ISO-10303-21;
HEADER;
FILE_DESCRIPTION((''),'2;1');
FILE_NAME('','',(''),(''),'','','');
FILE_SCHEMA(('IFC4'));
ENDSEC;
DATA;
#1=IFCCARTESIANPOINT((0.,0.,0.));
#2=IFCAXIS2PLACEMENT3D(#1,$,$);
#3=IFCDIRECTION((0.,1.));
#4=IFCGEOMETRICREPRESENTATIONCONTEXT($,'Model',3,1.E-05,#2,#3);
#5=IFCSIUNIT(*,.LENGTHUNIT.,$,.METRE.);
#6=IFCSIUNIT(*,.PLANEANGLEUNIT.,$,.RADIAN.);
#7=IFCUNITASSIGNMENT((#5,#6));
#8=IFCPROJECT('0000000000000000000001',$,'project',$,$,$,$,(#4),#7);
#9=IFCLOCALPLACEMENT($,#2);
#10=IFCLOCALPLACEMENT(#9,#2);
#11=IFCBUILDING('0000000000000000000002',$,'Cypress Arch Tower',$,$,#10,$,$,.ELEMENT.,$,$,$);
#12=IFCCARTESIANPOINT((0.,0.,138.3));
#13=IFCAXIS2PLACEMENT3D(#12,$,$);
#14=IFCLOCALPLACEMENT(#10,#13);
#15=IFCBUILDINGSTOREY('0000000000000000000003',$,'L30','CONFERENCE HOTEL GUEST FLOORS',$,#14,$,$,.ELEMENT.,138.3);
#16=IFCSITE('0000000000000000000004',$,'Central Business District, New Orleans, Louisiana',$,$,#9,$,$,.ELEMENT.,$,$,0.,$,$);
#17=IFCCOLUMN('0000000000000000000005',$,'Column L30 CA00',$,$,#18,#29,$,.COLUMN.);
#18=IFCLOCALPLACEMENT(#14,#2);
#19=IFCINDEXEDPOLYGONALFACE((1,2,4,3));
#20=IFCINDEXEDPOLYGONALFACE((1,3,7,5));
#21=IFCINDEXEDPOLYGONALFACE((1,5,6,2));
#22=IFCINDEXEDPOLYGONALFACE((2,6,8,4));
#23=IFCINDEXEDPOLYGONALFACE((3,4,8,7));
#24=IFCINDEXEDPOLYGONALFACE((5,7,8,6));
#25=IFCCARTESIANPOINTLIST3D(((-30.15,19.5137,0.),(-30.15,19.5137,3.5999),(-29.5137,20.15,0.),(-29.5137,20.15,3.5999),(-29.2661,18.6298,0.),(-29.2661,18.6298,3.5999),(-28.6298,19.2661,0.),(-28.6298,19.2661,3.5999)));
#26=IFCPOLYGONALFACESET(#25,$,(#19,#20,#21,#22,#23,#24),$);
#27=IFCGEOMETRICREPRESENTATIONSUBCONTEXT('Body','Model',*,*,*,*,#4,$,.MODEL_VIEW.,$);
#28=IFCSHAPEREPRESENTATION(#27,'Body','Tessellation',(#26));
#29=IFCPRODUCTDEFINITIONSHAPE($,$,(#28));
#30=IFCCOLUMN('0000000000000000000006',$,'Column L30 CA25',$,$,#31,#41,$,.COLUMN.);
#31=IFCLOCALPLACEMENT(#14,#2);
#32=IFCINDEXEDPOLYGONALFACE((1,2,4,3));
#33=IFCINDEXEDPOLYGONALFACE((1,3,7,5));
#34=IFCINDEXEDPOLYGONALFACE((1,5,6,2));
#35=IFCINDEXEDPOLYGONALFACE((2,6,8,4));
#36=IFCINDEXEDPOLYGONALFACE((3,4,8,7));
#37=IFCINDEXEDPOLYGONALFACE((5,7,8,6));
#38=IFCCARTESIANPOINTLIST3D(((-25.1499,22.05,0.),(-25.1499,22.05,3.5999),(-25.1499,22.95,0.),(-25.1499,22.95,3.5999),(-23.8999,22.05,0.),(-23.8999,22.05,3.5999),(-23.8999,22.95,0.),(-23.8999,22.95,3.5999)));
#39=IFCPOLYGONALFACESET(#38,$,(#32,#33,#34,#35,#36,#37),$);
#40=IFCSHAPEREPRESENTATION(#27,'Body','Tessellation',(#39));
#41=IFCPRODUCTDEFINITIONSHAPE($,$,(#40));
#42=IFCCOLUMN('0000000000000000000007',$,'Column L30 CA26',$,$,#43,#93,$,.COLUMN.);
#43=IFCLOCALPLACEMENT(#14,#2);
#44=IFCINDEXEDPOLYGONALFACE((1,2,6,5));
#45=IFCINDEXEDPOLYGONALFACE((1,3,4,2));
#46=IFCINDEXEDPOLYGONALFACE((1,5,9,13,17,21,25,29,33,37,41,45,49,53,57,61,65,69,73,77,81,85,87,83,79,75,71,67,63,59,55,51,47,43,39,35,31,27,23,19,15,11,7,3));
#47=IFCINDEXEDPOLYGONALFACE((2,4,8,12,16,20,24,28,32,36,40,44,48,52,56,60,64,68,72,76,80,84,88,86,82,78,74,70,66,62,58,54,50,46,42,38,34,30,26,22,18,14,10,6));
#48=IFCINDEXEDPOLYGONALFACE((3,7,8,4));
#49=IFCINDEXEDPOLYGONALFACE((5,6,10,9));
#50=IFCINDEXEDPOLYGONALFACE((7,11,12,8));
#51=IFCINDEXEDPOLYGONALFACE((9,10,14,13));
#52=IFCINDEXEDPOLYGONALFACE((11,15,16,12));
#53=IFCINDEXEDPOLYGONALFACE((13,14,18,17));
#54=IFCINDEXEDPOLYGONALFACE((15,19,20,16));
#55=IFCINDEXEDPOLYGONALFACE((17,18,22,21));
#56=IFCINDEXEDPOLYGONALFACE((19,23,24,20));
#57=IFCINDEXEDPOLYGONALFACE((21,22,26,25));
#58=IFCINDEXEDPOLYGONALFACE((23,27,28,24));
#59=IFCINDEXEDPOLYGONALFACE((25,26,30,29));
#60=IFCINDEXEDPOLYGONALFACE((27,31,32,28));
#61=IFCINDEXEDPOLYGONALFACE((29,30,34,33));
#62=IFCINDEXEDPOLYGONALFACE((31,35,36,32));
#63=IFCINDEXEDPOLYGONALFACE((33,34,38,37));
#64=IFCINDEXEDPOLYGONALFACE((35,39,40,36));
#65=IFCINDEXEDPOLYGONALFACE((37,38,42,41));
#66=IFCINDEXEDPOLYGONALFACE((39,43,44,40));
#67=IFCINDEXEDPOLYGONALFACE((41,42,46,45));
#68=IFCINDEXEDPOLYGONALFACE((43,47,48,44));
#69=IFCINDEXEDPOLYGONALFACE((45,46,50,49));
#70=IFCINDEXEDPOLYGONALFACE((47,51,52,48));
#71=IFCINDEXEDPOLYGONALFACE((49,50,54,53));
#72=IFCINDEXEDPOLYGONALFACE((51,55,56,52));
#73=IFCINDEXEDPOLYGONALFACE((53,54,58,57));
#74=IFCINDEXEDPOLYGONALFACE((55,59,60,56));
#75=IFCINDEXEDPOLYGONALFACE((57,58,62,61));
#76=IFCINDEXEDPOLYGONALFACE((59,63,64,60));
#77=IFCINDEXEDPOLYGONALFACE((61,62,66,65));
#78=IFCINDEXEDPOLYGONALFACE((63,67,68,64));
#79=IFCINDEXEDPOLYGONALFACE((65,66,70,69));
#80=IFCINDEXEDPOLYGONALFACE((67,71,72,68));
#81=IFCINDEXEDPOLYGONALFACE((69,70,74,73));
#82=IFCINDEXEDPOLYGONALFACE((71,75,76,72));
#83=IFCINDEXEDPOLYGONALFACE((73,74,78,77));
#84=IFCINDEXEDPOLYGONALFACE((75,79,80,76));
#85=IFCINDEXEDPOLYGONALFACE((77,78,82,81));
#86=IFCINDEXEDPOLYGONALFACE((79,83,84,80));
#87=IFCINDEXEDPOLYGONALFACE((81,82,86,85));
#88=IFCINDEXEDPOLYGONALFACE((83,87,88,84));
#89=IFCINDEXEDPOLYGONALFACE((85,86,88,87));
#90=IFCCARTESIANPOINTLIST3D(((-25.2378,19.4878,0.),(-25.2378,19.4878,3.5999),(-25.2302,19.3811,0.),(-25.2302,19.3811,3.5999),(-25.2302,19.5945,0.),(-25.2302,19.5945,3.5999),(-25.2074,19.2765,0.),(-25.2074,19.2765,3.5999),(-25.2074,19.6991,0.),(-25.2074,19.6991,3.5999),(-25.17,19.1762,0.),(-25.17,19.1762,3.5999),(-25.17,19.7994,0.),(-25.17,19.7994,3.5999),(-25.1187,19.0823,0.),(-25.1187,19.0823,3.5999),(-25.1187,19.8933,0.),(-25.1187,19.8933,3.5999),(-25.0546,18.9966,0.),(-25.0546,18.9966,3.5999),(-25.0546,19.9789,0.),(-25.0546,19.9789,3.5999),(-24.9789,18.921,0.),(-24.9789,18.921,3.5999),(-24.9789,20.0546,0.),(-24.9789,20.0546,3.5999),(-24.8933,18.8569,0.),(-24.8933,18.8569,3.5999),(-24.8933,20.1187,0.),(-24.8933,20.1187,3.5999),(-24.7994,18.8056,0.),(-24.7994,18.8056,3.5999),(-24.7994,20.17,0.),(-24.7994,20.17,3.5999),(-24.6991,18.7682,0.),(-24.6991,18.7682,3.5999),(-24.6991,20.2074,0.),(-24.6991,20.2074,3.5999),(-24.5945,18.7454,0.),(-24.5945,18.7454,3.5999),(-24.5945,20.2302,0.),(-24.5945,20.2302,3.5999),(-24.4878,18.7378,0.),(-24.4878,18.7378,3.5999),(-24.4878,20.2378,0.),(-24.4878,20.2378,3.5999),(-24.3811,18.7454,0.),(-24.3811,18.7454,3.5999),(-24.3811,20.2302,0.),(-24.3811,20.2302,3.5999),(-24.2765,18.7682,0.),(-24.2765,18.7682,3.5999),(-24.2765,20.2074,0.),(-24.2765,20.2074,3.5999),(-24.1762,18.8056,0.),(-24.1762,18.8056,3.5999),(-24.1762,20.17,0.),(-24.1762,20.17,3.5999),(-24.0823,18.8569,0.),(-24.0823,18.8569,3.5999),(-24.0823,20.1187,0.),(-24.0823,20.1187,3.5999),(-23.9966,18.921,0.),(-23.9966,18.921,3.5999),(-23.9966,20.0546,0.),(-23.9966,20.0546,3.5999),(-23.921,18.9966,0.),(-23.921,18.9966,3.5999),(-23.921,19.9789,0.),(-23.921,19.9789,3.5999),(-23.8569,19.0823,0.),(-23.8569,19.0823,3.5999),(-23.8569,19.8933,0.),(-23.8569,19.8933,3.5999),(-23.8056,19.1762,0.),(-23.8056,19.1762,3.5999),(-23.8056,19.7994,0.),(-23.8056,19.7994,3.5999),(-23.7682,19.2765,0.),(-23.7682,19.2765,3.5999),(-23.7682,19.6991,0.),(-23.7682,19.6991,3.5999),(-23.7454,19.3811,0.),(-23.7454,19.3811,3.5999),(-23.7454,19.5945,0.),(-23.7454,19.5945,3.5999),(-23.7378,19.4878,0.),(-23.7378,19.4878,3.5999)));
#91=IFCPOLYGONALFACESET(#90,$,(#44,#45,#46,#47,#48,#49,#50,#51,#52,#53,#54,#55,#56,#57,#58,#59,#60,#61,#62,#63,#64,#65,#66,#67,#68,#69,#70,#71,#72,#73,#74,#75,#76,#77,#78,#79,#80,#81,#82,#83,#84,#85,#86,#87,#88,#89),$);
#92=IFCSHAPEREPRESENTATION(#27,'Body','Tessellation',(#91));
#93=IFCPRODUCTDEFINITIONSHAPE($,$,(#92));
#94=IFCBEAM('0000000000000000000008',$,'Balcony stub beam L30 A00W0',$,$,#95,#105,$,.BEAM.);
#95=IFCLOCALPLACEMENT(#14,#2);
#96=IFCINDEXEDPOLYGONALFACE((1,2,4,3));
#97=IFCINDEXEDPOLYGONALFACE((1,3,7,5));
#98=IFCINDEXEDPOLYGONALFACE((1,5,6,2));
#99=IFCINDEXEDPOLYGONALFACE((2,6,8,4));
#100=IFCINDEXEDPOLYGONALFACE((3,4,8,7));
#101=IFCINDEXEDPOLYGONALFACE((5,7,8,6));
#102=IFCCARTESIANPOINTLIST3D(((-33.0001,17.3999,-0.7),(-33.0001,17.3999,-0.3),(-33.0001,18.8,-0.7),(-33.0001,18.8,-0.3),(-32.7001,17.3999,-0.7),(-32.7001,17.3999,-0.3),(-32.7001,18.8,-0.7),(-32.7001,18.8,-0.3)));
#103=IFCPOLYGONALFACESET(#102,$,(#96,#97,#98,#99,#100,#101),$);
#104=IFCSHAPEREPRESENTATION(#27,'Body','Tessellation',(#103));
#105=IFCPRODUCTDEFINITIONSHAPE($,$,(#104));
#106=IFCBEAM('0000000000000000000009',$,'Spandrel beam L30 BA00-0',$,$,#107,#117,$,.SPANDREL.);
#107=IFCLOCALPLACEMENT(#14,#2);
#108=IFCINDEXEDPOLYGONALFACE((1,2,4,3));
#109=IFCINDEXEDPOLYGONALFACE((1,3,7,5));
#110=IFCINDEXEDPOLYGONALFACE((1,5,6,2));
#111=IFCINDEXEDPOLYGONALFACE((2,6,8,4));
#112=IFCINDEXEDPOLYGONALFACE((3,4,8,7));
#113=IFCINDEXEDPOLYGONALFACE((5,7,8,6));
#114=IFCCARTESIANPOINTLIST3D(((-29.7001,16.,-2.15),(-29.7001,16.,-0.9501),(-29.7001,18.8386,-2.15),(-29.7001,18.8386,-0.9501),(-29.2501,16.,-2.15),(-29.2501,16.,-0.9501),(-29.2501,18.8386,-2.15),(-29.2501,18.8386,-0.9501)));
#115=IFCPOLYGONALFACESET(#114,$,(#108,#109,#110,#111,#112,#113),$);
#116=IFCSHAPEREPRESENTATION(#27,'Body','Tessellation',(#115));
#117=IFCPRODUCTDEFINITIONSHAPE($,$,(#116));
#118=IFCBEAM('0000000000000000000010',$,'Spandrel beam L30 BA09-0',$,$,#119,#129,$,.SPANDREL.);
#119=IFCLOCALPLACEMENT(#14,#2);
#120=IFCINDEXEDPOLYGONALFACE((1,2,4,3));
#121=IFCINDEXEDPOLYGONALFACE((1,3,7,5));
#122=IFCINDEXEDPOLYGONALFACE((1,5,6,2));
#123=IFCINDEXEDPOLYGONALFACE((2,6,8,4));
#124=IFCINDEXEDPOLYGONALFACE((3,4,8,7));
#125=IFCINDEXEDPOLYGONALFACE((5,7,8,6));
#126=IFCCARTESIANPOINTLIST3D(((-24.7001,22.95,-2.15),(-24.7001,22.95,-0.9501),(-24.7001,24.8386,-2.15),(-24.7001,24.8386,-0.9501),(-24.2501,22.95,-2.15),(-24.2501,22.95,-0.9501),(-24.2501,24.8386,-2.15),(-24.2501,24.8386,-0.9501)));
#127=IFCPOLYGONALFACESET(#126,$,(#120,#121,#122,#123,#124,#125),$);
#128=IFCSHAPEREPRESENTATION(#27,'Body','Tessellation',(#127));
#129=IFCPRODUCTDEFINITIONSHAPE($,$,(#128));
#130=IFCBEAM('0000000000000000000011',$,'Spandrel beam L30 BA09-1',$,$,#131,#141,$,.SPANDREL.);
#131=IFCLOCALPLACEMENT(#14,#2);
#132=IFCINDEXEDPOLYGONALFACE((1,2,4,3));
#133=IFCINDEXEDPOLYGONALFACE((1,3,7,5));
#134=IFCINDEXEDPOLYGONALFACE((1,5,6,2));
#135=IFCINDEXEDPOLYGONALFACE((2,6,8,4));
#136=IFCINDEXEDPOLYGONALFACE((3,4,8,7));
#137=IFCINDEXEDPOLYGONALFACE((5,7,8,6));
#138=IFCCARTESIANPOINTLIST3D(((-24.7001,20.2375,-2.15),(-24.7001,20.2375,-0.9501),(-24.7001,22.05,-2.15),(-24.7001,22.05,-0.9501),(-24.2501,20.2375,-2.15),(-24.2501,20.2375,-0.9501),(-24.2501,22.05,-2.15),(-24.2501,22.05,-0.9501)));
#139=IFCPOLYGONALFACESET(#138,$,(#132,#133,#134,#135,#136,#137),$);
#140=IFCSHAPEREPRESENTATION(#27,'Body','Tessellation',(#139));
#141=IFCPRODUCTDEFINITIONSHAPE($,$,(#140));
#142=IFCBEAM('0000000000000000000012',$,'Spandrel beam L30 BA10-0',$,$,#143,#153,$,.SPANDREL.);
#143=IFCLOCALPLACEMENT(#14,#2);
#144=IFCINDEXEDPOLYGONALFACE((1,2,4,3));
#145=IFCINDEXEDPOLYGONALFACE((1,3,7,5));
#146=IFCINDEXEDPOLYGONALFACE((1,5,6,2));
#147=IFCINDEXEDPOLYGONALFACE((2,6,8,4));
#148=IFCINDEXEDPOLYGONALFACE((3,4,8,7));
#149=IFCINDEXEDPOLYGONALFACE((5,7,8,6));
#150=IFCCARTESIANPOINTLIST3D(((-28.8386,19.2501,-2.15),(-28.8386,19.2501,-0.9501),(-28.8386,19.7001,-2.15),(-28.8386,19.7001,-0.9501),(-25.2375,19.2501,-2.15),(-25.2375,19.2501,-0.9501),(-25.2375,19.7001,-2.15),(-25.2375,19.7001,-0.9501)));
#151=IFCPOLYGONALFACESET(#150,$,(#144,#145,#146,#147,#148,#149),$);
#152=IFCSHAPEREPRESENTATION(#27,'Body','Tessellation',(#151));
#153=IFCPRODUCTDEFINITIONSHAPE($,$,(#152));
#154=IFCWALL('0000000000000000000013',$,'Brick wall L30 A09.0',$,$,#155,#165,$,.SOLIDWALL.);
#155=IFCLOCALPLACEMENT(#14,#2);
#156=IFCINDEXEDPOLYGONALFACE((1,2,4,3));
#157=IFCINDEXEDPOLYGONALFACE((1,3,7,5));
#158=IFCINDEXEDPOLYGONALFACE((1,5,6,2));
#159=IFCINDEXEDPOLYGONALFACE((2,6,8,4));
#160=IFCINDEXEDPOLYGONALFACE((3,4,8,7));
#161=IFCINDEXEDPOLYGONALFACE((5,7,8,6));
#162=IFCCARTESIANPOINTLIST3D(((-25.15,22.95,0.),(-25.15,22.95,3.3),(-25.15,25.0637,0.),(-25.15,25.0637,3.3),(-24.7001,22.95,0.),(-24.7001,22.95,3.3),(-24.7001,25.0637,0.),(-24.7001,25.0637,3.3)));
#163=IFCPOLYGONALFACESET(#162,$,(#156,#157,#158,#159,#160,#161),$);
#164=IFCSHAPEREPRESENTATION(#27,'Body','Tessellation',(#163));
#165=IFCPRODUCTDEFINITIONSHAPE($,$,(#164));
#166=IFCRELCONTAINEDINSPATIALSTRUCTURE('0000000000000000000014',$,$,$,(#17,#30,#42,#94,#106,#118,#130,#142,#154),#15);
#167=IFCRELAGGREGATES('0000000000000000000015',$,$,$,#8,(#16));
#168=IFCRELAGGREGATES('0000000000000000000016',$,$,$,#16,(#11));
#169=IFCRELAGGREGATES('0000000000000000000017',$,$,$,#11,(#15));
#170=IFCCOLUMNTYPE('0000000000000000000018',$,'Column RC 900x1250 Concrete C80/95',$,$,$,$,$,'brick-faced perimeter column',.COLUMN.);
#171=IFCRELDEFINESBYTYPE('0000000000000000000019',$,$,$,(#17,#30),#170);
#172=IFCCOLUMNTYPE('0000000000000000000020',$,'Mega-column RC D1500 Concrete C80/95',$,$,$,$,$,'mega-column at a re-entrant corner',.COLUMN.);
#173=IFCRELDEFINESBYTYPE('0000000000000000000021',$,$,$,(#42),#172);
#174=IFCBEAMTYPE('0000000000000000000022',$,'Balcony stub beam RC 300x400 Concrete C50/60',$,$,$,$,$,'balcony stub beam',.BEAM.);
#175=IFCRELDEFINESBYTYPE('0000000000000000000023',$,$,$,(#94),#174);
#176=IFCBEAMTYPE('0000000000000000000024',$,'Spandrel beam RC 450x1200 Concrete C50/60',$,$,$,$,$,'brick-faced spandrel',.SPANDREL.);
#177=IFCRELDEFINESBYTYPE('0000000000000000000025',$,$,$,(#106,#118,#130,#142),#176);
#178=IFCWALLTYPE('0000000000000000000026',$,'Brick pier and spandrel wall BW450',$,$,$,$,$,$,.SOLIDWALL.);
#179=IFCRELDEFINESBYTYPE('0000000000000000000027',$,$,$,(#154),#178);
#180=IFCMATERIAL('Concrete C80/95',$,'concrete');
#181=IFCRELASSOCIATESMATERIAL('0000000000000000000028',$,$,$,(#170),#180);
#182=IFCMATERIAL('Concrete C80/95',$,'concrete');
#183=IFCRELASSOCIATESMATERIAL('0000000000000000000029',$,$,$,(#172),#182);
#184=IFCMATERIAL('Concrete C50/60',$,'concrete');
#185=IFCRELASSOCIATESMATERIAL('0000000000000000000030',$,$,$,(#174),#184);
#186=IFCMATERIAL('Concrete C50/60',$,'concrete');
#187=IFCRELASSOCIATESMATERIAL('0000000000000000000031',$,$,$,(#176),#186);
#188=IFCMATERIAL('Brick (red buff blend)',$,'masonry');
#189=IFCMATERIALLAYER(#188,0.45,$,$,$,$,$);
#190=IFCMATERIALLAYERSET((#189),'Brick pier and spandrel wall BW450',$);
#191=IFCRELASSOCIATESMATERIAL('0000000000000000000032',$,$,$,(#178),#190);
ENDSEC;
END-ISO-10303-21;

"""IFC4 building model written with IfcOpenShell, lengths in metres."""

from ifc_helpers import new_model, si_unit, direction, frame, frame_2d, origin, origin_2d, place, context, subcontext, project, spatial, rectangle, circle, extrude, material, layer, layer_set, material_profile, profile_set, type_object, element, save


model = new_model("IFC4")

# Units and contexts
model_context = context("Model", 3, precision=1e-05, world=origin(), true_north=direction((0.0, 1.0)))
body_context = subcontext(model_context, "Body", "Model", "MODEL_VIEW")
ifc_project = project(units=[si_unit("LENGTHUNIT", "METRE"), si_unit("PLANEANGLEUNIT", "RADIAN")], contexts=[model_context])

# Site, building, storey
site_placement = place(None, origin())
site = spatial("IfcSite", under=ifc_project, at=site_placement, Name="Central Business District, New Orleans, Louisiana", CompositionType="ELEMENT", RefElevation=0.0)
building_placement = place(site_placement, origin())
building = spatial("IfcBuilding", under=site, at=building_placement, Name="Cypress Arch Tower", CompositionType="ELEMENT")
storey_placement = place(building_placement, frame((0.0, 0.0, 138.3)))
storey = spatial("IfcBuildingStorey", under=building, at=storey_placement, Name="L30", Description="CONFERENCE HOTEL GUEST FLOORS", CompositionType="ELEMENT", Elevation=138.3)

# Columns
ifc_material_1 = material(Name="Concrete C80/95", Category="concrete")
ifc_material_profile_1 = material_profile(ifc_material_1, rectangle(XDim=0.8999, YDim=1.25, at=origin_2d()), Name="RC 900x1250")
ifc_profile_set_1 = profile_set([ifc_material_profile_1], Name="Concrete C80/95")
column_type_1 = type_object("IfcColumnType", Name="Column RC 900x1250 Concrete C80/95", ElementType="brick-faced perimeter column", PredefinedType="COLUMN", material=ifc_profile_set_1)
for number, where, z_axis, x_axis, name in (
    (1, (-29.3899, 19.3899, 0.0), (0.0, 0.0, 1.0), (-0.707107, -0.707107, 0.0), "Column L30 CA00"),
    (2, (-24.5249, 22.5, 0.0), (0.0, 0.0, 1.0), (0.0, -1.0, 0.0), "Column L30 CA25"),
):
    element("IfcColumn", number, at=place(storey_placement, frame(where, z_axis=z_axis, x_axis=x_axis)), inside=storey, type_object=column_type_1, Name=name, PredefinedType="COLUMN", context=body_context, shape_type="SweptSolid", body=[
        extrude(rectangle(XDim=0.8999, YDim=1.25, at=origin_2d()), origin(), (0.0, 0.0, 1.0), 3.5999),
    ])
ifc_material_2 = material(Name="Concrete C80/95", Category="concrete")
ifc_material_profile_2 = material_profile(ifc_material_2, circle(Radius=0.75, at=origin_2d()), Name="RC D1500")
ifc_profile_set_2 = profile_set([ifc_material_profile_2], Name="Concrete C80/95")
column_type_2 = type_object("IfcColumnType", Name="Mega-column RC D1500 Concrete C80/95", ElementType="mega-column at a re-entrant corner", PredefinedType="COLUMN", material=ifc_profile_set_2)
column_placement = place(storey_placement, frame((-24.4878, 19.4878, 0.0), z_axis=(0.0, 0.0, 1.0), x_axis=(1.0, 0.0, 0.0)))
element("IfcColumn", 3, at=column_placement, inside=storey, type_object=column_type_2, Name="Column L30 CA26", PredefinedType="COLUMN", context=body_context, shape_type="SweptSolid", body=[
    extrude(circle(Radius=0.75, at=origin_2d()), origin(), (0.0, 0.0, 1.0), 3.5999),
])

# Beams
ifc_material_3 = material(Name="Concrete C50/60", Category="concrete")
ifc_material_profile_3 = material_profile(ifc_material_3, rectangle(XDim=0.3, YDim=0.3999, at=origin_2d()), Name="RC 300x400")
ifc_profile_set_3 = profile_set([ifc_material_profile_3], Name="Concrete C50/60")
beam_type_1 = type_object("IfcBeamType", Name="Balcony stub beam RC 300x400 Concrete C50/60", ElementType="balcony stub beam", PredefinedType="BEAM", material=ifc_profile_set_3)
beam_1_placement = place(storey_placement, frame((-32.8501, 18.8, -0.5), z_axis=(0.0, -1.0, 0.0), x_axis=(1.0, 0.0, 0.0)))
element("IfcBeam", 4, at=beam_1_placement, inside=storey, type_object=beam_type_1, Name="Balcony stub beam L30 A00W0", PredefinedType="BEAM", context=body_context, shape_type="SweptSolid", body=[
    extrude(rectangle(XDim=0.3, YDim=0.3999, at=origin_2d()), origin(), (0.0, 0.0, 1.0), 1.4001),
])
ifc_material_4 = material(Name="Concrete C50/60", Category="concrete")
ifc_material_profile_4 = material_profile(ifc_material_4, rectangle(XDim=0.45, YDim=1.2, at=origin_2d()), Name="RC 450x1200")
ifc_profile_set_4 = profile_set([ifc_material_profile_4], Name="Concrete C50/60")
beam_type_2 = type_object("IfcBeamType", Name="Spandrel beam RC 450x1200 Concrete C50/60", ElementType="brick-faced spandrel", PredefinedType="SPANDREL", material=ifc_profile_set_4)
beam_2_placement = place(storey_placement, frame((-29.4751, 18.8386, -1.55), z_axis=(0.0, -1.0, 0.0), x_axis=(1.0, 0.0, 0.0)))
element("IfcBeam", 5, at=beam_2_placement, inside=storey, type_object=beam_type_2, Name="Spandrel beam L30 BA00-0", PredefinedType="SPANDREL", context=body_context, shape_type="SweptSolid", body=[
    extrude(rectangle(XDim=0.45, YDim=1.2, at=origin_2d()), origin(), (0.0, 0.0, 1.0), 2.8386),
])
beam_3_placement = place(storey_placement, frame((-24.4751, 24.8386, -1.55), z_axis=(0.0, -1.0, 0.0), x_axis=(1.0, 0.0, 0.0)))
element("IfcBeam", 6, at=beam_3_placement, inside=storey, type_object=beam_type_2, Name="Spandrel beam L30 BA09-0", PredefinedType="SPANDREL", context=body_context, shape_type="SweptSolid", body=[
    extrude(rectangle(XDim=0.45, YDim=1.2, at=origin_2d()), origin(), (0.0, 0.0, 1.0), 1.8887),
])
beam_4_placement = place(storey_placement, frame((-24.4751, 22.05, -1.55), z_axis=(0.0, -1.0, 0.0), x_axis=(1.0, 0.0, 0.0)))
element("IfcBeam", 7, at=beam_4_placement, inside=storey, type_object=beam_type_2, Name="Spandrel beam L30 BA09-1", PredefinedType="SPANDREL", context=body_context, shape_type="SweptSolid", body=[
    extrude(rectangle(XDim=0.45, YDim=1.2, at=origin_2d()), origin(), (0.0, 0.0, 1.0), 1.8125),
])
beam_5_placement = place(storey_placement, frame((-25.2375, 19.4751, -1.55), z_axis=(-1.0, 0.0, 0.0), x_axis=(0.0, -1.0, 0.0)))
element("IfcBeam", 8, at=beam_5_placement, inside=storey, type_object=beam_type_2, Name="Spandrel beam L30 BA10-0", PredefinedType="SPANDREL", context=body_context, shape_type="SweptSolid", body=[
    extrude(rectangle(XDim=0.45, YDim=1.2, at=origin_2d()), origin(), (0.0, 0.0, 1.0), 3.6011),
])

# Shared definitions
ifc_material_5 = material(Name="Brick (red buff blend)", Category="masonry")
ifc_layer = layer(ifc_material_5, 0.45)
ifc_layer_set = layer_set([ifc_layer], Name="Brick pier and spandrel wall BW450")
wall_type = type_object("IfcWallType", Name="Brick pier and spandrel wall BW450", PredefinedType="SOLIDWALL", material=ifc_layer_set)

# Wall
wall_1_placement = place(storey_placement, frame((-24.925, 25.0637, 0.0), z_axis=(0.0, 0.0, 1.0), x_axis=(0.0, -1.0, 0.0)))
element("IfcWall", 9, at=wall_1_placement, inside=storey, type_object=wall_type, Name="Brick wall L30 A09.0", PredefinedType="SOLIDWALL", context=body_context, shape_type="SweptSolid", body=[
    extrude(rectangle(XDim=2.1138, YDim=0.45, at=frame_2d((1.0569, 0.0))), origin(), (0.0, 0.0, 1.0), 3.3),
])

save(model, "model.ifc")
